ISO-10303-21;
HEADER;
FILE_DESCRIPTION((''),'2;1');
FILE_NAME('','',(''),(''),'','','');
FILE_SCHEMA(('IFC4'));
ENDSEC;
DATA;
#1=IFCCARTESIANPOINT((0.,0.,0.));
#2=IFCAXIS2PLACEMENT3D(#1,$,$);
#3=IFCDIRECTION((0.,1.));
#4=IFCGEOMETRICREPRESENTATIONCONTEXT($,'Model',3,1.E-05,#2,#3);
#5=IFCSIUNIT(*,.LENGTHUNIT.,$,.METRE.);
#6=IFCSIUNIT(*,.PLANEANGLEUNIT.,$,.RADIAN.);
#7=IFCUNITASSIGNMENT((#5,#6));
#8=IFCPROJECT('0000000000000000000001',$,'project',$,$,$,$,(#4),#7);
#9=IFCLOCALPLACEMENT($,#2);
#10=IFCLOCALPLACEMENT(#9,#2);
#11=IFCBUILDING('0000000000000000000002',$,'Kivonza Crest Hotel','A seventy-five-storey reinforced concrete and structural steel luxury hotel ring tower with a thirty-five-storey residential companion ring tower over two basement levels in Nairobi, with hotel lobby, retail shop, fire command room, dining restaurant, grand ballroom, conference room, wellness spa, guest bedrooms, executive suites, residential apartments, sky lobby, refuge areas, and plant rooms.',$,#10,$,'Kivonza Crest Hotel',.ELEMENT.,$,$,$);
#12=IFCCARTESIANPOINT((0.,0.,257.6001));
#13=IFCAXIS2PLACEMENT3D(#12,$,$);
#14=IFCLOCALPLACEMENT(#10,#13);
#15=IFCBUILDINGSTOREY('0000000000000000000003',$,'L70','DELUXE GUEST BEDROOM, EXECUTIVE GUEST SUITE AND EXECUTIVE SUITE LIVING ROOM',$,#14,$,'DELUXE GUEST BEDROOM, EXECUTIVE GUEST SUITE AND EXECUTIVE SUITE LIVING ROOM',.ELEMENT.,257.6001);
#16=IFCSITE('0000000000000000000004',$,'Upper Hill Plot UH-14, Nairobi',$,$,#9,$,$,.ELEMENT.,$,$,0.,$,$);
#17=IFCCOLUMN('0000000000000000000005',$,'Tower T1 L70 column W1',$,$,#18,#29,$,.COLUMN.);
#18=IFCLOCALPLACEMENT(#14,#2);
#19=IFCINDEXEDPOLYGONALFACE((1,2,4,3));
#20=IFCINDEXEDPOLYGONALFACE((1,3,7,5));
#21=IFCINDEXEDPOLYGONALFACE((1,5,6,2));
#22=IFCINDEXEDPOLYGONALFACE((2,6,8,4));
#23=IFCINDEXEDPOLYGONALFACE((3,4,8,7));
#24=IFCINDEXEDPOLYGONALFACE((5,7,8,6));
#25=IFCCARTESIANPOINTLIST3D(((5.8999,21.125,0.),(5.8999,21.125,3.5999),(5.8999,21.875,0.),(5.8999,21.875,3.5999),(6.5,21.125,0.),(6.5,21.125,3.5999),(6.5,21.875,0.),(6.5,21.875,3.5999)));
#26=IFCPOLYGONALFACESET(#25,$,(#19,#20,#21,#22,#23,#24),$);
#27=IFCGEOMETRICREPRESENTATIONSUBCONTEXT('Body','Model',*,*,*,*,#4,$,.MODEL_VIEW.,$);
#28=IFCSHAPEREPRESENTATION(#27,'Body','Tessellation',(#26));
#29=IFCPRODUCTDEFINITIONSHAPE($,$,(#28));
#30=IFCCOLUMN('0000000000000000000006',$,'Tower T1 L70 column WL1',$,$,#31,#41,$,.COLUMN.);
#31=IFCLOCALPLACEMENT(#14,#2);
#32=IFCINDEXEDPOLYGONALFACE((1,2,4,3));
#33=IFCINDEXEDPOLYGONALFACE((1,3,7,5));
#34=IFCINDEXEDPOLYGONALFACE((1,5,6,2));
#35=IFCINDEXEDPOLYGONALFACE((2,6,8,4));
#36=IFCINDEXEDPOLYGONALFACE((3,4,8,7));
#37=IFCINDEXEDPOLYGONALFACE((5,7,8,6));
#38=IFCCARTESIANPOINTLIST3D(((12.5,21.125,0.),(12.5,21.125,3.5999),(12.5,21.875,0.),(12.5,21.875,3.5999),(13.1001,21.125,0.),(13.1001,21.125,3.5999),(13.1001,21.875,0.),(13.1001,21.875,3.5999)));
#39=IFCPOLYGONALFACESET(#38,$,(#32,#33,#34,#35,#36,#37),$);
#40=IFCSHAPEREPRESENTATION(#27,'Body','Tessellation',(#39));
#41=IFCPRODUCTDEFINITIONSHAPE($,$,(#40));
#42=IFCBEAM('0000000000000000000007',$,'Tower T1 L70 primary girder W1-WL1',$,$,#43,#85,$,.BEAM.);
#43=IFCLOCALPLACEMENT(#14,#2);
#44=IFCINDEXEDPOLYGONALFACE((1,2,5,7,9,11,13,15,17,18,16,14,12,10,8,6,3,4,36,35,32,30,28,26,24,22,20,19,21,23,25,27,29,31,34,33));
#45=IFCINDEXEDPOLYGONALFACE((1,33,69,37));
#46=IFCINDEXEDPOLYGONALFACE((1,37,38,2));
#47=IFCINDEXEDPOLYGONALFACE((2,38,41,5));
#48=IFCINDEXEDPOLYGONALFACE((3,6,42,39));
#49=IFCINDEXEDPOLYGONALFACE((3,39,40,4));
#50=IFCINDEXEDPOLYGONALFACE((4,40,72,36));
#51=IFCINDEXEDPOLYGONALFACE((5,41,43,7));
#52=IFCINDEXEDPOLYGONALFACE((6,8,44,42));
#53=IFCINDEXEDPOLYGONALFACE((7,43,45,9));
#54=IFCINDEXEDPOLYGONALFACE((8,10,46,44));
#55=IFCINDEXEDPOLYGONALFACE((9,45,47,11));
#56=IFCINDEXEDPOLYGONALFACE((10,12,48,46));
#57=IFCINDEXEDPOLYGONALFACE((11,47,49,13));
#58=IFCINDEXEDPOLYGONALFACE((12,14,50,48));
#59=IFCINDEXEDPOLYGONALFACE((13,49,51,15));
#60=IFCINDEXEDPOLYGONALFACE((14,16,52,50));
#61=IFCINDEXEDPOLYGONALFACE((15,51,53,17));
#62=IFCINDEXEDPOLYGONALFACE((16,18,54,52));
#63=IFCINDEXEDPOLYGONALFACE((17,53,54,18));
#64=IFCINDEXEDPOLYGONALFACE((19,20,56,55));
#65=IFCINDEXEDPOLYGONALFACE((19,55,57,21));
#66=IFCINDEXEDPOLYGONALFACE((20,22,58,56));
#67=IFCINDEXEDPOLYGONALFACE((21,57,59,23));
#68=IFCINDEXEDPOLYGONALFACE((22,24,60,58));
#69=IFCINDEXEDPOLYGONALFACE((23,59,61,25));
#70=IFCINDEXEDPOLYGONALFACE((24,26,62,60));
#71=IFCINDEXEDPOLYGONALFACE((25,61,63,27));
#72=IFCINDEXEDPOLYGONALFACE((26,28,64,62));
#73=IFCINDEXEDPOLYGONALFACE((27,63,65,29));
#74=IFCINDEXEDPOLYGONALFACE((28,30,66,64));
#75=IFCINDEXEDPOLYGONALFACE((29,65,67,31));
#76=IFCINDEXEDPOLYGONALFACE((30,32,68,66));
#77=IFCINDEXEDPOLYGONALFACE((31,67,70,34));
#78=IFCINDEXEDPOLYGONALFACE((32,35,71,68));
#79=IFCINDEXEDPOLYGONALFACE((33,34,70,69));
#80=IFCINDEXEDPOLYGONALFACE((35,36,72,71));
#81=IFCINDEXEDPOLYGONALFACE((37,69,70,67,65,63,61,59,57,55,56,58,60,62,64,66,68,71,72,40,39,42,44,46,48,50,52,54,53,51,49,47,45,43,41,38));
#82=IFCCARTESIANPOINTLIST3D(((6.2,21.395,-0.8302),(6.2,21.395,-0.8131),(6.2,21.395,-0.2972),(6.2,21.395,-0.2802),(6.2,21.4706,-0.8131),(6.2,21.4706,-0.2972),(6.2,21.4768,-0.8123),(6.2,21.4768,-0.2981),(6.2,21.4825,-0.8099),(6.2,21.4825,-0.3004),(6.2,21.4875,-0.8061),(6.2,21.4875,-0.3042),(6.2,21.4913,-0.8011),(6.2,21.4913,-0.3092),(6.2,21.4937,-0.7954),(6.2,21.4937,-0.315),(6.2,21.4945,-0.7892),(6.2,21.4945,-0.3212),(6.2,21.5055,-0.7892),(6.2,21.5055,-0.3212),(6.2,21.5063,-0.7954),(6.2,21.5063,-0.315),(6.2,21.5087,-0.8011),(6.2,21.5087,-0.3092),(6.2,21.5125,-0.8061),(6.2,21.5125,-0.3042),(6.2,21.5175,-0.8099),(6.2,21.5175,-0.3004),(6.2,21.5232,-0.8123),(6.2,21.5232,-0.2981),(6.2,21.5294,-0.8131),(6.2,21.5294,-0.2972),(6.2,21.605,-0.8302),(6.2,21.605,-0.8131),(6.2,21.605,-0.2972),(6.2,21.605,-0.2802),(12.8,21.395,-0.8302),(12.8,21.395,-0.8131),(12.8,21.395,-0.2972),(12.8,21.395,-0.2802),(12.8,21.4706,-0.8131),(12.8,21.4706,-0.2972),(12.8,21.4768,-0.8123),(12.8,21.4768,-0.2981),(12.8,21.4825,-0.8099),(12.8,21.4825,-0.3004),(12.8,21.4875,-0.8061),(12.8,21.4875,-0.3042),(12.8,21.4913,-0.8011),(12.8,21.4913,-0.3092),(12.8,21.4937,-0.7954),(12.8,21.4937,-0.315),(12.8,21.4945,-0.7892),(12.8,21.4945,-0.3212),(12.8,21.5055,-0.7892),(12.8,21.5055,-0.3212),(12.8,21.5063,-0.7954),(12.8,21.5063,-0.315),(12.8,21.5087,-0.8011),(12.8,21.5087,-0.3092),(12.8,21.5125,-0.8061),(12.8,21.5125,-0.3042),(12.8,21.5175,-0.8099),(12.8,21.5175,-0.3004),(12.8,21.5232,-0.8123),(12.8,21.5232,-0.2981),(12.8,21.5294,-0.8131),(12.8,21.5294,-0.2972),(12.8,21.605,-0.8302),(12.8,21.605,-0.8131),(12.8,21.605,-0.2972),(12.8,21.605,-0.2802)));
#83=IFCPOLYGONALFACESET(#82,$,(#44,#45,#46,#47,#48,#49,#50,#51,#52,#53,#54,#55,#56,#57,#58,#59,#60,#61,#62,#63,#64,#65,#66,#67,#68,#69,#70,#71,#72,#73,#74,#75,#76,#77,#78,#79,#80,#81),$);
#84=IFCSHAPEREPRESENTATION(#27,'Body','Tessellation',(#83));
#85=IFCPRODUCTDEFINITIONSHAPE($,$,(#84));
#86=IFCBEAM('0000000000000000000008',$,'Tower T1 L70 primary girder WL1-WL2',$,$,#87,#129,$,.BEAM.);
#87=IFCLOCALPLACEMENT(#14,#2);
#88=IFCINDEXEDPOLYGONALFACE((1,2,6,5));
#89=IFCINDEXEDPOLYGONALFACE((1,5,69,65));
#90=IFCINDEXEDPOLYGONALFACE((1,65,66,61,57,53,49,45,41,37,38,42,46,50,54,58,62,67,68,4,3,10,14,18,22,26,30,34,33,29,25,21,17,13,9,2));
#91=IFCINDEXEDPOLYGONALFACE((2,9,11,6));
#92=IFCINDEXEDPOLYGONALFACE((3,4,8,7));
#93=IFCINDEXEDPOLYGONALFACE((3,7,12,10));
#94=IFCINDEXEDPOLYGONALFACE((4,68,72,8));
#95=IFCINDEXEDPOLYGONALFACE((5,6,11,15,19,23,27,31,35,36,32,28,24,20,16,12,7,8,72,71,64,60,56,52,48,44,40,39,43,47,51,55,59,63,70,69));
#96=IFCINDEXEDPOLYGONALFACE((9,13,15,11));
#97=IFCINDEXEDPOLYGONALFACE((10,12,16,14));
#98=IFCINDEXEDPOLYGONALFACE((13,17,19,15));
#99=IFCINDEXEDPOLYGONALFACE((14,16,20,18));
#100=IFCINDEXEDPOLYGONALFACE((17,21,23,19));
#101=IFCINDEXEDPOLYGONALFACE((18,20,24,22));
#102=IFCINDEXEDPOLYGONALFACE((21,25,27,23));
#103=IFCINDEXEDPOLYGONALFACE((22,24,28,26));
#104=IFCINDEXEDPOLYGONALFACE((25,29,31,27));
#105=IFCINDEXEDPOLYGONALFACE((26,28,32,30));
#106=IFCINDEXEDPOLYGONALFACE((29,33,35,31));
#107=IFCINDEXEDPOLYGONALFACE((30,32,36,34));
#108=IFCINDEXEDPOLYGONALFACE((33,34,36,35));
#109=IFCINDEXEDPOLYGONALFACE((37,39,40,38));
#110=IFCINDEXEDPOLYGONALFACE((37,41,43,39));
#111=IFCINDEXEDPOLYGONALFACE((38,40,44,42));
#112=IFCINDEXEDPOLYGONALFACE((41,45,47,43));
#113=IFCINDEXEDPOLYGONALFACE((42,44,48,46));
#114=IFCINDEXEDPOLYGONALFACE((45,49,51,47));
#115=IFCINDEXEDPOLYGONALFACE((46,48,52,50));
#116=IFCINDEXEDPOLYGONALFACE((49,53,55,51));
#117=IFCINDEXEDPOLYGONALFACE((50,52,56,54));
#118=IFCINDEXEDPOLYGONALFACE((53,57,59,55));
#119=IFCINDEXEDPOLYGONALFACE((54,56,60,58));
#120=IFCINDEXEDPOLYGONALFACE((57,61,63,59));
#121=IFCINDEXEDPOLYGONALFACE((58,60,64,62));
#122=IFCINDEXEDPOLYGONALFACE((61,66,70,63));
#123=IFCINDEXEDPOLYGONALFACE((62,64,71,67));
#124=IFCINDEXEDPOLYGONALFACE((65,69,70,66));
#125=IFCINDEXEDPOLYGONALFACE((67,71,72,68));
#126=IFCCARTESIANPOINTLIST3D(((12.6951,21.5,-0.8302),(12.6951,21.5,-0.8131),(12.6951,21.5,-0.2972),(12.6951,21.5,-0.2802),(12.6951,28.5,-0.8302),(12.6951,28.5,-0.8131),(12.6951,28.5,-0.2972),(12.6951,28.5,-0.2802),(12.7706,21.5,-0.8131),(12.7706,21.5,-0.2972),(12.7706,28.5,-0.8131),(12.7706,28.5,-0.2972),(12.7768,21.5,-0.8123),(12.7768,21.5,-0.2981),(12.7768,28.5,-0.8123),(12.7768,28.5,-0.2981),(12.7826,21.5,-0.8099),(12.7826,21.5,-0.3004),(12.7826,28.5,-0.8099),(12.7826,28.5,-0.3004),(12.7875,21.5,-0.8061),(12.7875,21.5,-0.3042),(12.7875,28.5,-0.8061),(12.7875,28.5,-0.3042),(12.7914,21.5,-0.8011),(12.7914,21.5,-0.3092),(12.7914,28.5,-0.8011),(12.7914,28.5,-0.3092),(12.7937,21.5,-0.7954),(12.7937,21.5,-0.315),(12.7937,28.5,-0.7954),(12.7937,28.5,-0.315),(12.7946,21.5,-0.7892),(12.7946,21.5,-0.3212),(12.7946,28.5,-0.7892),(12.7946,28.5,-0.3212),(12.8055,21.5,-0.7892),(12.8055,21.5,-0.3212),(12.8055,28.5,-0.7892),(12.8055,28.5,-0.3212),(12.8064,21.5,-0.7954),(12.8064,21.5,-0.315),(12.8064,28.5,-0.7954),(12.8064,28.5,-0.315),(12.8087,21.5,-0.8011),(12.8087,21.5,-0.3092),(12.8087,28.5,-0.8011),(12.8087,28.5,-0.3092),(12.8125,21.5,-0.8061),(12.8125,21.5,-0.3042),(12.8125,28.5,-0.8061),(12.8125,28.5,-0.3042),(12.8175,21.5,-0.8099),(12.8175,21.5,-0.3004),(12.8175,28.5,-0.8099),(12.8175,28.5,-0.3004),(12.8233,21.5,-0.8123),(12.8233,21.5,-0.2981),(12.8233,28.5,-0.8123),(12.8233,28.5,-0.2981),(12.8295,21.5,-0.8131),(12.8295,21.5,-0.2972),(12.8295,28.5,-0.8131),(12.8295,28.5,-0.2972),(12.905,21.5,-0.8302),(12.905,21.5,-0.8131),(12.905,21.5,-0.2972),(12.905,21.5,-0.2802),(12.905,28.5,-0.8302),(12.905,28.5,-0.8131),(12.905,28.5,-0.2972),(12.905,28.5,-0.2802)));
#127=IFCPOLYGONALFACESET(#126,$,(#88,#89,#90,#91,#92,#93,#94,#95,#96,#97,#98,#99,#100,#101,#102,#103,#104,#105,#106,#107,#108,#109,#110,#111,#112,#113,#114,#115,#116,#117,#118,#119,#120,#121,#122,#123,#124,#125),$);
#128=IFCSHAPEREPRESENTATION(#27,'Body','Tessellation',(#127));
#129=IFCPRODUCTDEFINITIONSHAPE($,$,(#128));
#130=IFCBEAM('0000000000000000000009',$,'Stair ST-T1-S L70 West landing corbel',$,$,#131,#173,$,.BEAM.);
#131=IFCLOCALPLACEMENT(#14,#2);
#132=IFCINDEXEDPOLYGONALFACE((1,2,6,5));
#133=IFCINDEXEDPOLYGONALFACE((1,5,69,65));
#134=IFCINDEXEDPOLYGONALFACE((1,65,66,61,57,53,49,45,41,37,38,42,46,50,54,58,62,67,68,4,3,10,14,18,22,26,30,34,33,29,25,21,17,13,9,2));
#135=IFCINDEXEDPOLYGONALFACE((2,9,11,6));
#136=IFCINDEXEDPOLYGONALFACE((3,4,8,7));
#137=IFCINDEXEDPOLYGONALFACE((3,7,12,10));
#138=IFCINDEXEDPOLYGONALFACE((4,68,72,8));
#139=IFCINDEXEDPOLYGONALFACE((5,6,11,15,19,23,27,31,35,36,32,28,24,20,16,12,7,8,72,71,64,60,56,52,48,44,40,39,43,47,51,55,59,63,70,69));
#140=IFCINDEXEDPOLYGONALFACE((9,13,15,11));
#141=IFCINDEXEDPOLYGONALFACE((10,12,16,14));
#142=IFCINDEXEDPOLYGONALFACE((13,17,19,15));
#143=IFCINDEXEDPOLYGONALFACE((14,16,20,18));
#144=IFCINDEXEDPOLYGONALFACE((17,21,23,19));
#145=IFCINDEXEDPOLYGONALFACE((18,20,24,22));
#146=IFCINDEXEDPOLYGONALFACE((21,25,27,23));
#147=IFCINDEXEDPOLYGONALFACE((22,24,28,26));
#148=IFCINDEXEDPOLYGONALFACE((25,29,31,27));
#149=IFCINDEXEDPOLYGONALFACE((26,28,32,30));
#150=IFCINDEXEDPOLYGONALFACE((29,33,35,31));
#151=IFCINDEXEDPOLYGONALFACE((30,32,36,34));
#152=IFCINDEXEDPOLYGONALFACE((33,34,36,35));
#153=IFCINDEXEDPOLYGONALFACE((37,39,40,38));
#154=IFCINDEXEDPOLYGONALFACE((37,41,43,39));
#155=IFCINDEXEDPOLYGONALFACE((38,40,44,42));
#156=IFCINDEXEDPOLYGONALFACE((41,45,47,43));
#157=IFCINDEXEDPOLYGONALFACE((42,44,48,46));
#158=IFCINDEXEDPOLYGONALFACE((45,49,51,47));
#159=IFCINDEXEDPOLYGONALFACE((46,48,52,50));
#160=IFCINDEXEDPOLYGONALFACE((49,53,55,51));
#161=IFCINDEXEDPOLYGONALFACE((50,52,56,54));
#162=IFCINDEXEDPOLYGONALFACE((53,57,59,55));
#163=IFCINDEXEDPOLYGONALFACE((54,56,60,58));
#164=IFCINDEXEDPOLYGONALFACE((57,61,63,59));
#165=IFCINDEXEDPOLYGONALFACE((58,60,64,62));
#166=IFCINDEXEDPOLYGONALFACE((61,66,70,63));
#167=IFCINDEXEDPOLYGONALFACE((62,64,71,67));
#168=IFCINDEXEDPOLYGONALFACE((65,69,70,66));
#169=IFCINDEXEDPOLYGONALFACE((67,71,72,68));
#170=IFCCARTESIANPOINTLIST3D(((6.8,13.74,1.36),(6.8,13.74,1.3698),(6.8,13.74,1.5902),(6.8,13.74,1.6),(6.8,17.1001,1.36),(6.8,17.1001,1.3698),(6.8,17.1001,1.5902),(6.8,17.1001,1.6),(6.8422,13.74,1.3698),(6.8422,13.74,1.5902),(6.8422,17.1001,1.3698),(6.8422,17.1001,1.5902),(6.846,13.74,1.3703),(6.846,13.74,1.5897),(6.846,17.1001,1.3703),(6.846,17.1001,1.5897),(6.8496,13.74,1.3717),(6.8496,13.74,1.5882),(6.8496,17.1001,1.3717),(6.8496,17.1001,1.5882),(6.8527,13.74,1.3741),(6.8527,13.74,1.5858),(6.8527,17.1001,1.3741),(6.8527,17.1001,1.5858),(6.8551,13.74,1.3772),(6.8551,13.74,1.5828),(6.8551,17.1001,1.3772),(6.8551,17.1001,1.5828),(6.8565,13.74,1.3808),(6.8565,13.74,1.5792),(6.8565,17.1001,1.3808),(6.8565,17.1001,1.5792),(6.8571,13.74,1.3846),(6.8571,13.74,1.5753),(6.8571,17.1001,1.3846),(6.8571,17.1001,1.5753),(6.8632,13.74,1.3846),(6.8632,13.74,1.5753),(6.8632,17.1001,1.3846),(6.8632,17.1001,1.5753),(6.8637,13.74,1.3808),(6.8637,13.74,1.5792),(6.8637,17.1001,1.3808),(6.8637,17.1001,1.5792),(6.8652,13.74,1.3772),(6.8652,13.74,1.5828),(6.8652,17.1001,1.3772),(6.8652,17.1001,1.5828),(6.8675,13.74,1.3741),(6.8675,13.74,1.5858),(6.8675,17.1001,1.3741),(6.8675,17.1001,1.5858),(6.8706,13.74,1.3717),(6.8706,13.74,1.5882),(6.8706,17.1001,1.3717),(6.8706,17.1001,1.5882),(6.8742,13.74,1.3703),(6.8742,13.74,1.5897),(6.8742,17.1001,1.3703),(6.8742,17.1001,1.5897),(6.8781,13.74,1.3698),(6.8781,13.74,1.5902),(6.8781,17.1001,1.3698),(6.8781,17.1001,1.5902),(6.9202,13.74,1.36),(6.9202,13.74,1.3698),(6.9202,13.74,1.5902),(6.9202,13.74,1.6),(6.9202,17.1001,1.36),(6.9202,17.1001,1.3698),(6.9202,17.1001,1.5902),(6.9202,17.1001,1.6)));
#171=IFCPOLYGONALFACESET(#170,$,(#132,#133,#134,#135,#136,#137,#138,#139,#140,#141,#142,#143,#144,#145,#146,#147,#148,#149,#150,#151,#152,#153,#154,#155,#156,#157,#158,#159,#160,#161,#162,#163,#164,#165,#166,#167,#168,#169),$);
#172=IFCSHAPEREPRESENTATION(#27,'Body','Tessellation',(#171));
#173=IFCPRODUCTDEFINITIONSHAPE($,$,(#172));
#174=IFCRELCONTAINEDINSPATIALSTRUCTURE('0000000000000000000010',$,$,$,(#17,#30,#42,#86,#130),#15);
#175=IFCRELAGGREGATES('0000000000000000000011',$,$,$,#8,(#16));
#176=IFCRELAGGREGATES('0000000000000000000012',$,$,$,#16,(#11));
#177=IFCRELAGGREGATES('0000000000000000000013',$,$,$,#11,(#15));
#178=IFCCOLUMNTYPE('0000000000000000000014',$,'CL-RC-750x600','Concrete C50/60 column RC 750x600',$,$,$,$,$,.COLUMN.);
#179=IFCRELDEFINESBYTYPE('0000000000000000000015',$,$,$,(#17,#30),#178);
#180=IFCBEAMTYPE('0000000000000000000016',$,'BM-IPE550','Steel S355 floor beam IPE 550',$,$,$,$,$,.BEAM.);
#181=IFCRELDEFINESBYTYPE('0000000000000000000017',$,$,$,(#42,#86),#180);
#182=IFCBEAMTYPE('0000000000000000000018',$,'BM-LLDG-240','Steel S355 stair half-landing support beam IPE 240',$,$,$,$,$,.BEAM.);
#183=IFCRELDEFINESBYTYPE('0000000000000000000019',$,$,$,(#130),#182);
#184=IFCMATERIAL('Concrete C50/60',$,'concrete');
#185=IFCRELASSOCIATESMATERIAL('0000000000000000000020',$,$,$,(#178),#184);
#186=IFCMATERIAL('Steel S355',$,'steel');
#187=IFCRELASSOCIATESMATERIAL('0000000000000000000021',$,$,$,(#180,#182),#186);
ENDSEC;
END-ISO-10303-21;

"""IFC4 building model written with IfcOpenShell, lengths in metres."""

from ifc_helpers import new_model, si_unit, direction, frame, origin, origin_2d, place, context, subcontext, project, spatial, rectangle, i_section, extrude, material, material_profile, profile_set, type_object, element, save


model = new_model("IFC4")

# Units and contexts
model_context = context("Model", 3, precision=1e-05, world=origin(), true_north=direction((0.0, 1.0)))
body_context = subcontext(model_context, "Body", "Model", "MODEL_VIEW")
ifc_project = project(units=[si_unit("LENGTHUNIT", "METRE"), si_unit("PLANEANGLEUNIT", "RADIAN")], contexts=[model_context])

# Site, building, storey
site_placement = place(None, origin())
site = spatial("IfcSite", under=ifc_project, at=site_placement, Name="Upper Hill Plot UH-14, Nairobi", CompositionType="ELEMENT", RefElevation=0.0)
building_placement = place(site_placement, origin())
building = spatial("IfcBuilding", under=site, at=building_placement, Name="Kivonza Crest Hotel", Description="A seventy-five-storey reinforced concrete and structural steel luxury hotel ring tower with a thirty-five-storey residential companion ring tower over two basement levels in Nairobi, with hotel lobby, retail shop, fire command room, dining restaurant, grand ballroom, conference room, wellness spa, guest bedrooms, executive suites, residential apartments, sky lobby, refuge areas, and plant rooms.", LongName="Kivonza Crest Hotel", CompositionType="ELEMENT")
storey_placement = place(building_placement, frame((0.0, 0.0, 257.6001)))
storey = spatial("IfcBuildingStorey", under=building, at=storey_placement, Name="L70", Description="DELUXE GUEST BEDROOM, EXECUTIVE GUEST SUITE AND EXECUTIVE SUITE LIVING ROOM", LongName="DELUXE GUEST BEDROOM, EXECUTIVE GUEST SUITE AND EXECUTIVE SUITE LIVING ROOM", CompositionType="ELEMENT", Elevation=257.6001)

# Columns
ifc_material_1 = material(Name="Concrete C50/60", Category="concrete")
ifc_material_profile_1 = material_profile(ifc_material_1, rectangle(XDim=0.6001, YDim=0.75, at=origin_2d()), Name="RC 750x600")
ifc_profile_set_1 = profile_set([ifc_material_profile_1], Name="Concrete C50/60")
column_type = type_object("IfcColumnType", Name="CL-RC-750x600", Description="Concrete C50/60 column RC 750x600", PredefinedType="COLUMN", material=ifc_profile_set_1)
for number, where, z_axis, x_axis, name in (
    (1, (6.2, 21.5, 0.0), (0.0, 0.0, 1.0), (1.0, 0.0, 0.0), "Tower T1 L70 column W1"),
    (2, (12.8, 21.5, 0.0), (0.0, 0.0, 1.0), (1.0, 0.0, 0.0), "Tower T1 L70 column WL1"),
):
    element("IfcColumn", number, at=place(storey_placement, frame(where, z_axis=z_axis, x_axis=x_axis)), inside=storey, type_object=column_type, Name=name, PredefinedType="COLUMN", context=body_context, shape_type="SweptSolid", body=[
        extrude(rectangle(XDim=0.6001, YDim=0.75, at=origin_2d()), origin(), (0.0, 0.0, 1.0), 3.5999),
    ])

# Beams
ifc_material_2 = material(Name="Steel S355", Category="steel")
ifc_material_profile_2 = material_profile(ifc_material_2, i_section(OverallWidth=0.21, OverallDepth=0.55, WebThickness=0.011, FlangeThickness=0.0171, FilletRadius=0.0239, at=origin_2d()), Name="IPE 550")
ifc_profile_set_2 = profile_set([ifc_material_profile_2], Name="Steel S355")
beam_type_1 = type_object("IfcBeamType", Name="BM-IPE550", Description="Steel S355 floor beam IPE 550", PredefinedType="BEAM", material=ifc_profile_set_2)
beam_1_placement = place(storey_placement, frame((6.2, 21.5, -0.5552), z_axis=(1.0, 0.0, 0.0), x_axis=(0.0, 1.0, 0.0)))
element("IfcBeam", 3, at=beam_1_placement, inside=storey, type_object=beam_type_1, Name="Tower T1 L70 primary girder W1-WL1", PredefinedType="BEAM", context=body_context, shape_type="SweptSolid", body=[
    extrude(i_section(OverallWidth=0.21, OverallDepth=0.55, WebThickness=0.011, FlangeThickness=0.0171, FilletRadius=0.0239, at=origin_2d()), origin(), (0.0, 0.0, 1.0), 6.6001),
])
beam_2_placement = place(storey_placement, frame((12.8, 21.5, -0.5552), z_axis=(0.0, 1.0, 0.0), x_axis=(-1.0, 0.0, 0.0)))
element("IfcBeam", 4, at=beam_2_placement, inside=storey, type_object=beam_type_1, Name="Tower T1 L70 primary girder WL1-WL2", PredefinedType="BEAM", context=body_context, shape_type="SweptSolid", body=[
    extrude(i_section(OverallWidth=0.21, OverallDepth=0.55, WebThickness=0.011, FlangeThickness=0.0171, FilletRadius=0.0239, at=origin_2d()), origin(), (0.0, 0.0, 1.0), 7.0),
])
ifc_material_profile_3 = material_profile(ifc_material_2, i_section(OverallWidth=0.1201, OverallDepth=0.24, WebThickness=0.0061, FlangeThickness=0.0098, FilletRadius=0.0149, at=origin_2d()), Name="IPE 240")
ifc_profile_set_3 = profile_set([ifc_material_profile_3], Name="Steel S355")
beam_type_2 = type_object("IfcBeamType", Name="BM-LLDG-240", Description="Steel S355 stair half-landing support beam IPE 240", PredefinedType="BEAM", material=ifc_profile_set_3)
beam_3_placement = place(storey_placement, frame((6.8601, 13.74, 1.48), z_axis=(0.0, 1.0, 0.0), x_axis=(-1.0, 0.0, 0.0)))
element("IfcBeam", 5, at=beam_3_placement, inside=storey, type_object=beam_type_2, Name="Stair ST-T1-S L70 West landing corbel", PredefinedType="BEAM", context=body_context, shape_type="SweptSolid", body=[
    extrude(i_section(OverallWidth=0.1201, OverallDepth=0.24, WebThickness=0.0061, FlangeThickness=0.0098, FilletRadius=0.0149, at=origin_2d()), origin(), (0.0, 0.0, 1.0), 3.3601),
])

save(model, "model.ifc")
